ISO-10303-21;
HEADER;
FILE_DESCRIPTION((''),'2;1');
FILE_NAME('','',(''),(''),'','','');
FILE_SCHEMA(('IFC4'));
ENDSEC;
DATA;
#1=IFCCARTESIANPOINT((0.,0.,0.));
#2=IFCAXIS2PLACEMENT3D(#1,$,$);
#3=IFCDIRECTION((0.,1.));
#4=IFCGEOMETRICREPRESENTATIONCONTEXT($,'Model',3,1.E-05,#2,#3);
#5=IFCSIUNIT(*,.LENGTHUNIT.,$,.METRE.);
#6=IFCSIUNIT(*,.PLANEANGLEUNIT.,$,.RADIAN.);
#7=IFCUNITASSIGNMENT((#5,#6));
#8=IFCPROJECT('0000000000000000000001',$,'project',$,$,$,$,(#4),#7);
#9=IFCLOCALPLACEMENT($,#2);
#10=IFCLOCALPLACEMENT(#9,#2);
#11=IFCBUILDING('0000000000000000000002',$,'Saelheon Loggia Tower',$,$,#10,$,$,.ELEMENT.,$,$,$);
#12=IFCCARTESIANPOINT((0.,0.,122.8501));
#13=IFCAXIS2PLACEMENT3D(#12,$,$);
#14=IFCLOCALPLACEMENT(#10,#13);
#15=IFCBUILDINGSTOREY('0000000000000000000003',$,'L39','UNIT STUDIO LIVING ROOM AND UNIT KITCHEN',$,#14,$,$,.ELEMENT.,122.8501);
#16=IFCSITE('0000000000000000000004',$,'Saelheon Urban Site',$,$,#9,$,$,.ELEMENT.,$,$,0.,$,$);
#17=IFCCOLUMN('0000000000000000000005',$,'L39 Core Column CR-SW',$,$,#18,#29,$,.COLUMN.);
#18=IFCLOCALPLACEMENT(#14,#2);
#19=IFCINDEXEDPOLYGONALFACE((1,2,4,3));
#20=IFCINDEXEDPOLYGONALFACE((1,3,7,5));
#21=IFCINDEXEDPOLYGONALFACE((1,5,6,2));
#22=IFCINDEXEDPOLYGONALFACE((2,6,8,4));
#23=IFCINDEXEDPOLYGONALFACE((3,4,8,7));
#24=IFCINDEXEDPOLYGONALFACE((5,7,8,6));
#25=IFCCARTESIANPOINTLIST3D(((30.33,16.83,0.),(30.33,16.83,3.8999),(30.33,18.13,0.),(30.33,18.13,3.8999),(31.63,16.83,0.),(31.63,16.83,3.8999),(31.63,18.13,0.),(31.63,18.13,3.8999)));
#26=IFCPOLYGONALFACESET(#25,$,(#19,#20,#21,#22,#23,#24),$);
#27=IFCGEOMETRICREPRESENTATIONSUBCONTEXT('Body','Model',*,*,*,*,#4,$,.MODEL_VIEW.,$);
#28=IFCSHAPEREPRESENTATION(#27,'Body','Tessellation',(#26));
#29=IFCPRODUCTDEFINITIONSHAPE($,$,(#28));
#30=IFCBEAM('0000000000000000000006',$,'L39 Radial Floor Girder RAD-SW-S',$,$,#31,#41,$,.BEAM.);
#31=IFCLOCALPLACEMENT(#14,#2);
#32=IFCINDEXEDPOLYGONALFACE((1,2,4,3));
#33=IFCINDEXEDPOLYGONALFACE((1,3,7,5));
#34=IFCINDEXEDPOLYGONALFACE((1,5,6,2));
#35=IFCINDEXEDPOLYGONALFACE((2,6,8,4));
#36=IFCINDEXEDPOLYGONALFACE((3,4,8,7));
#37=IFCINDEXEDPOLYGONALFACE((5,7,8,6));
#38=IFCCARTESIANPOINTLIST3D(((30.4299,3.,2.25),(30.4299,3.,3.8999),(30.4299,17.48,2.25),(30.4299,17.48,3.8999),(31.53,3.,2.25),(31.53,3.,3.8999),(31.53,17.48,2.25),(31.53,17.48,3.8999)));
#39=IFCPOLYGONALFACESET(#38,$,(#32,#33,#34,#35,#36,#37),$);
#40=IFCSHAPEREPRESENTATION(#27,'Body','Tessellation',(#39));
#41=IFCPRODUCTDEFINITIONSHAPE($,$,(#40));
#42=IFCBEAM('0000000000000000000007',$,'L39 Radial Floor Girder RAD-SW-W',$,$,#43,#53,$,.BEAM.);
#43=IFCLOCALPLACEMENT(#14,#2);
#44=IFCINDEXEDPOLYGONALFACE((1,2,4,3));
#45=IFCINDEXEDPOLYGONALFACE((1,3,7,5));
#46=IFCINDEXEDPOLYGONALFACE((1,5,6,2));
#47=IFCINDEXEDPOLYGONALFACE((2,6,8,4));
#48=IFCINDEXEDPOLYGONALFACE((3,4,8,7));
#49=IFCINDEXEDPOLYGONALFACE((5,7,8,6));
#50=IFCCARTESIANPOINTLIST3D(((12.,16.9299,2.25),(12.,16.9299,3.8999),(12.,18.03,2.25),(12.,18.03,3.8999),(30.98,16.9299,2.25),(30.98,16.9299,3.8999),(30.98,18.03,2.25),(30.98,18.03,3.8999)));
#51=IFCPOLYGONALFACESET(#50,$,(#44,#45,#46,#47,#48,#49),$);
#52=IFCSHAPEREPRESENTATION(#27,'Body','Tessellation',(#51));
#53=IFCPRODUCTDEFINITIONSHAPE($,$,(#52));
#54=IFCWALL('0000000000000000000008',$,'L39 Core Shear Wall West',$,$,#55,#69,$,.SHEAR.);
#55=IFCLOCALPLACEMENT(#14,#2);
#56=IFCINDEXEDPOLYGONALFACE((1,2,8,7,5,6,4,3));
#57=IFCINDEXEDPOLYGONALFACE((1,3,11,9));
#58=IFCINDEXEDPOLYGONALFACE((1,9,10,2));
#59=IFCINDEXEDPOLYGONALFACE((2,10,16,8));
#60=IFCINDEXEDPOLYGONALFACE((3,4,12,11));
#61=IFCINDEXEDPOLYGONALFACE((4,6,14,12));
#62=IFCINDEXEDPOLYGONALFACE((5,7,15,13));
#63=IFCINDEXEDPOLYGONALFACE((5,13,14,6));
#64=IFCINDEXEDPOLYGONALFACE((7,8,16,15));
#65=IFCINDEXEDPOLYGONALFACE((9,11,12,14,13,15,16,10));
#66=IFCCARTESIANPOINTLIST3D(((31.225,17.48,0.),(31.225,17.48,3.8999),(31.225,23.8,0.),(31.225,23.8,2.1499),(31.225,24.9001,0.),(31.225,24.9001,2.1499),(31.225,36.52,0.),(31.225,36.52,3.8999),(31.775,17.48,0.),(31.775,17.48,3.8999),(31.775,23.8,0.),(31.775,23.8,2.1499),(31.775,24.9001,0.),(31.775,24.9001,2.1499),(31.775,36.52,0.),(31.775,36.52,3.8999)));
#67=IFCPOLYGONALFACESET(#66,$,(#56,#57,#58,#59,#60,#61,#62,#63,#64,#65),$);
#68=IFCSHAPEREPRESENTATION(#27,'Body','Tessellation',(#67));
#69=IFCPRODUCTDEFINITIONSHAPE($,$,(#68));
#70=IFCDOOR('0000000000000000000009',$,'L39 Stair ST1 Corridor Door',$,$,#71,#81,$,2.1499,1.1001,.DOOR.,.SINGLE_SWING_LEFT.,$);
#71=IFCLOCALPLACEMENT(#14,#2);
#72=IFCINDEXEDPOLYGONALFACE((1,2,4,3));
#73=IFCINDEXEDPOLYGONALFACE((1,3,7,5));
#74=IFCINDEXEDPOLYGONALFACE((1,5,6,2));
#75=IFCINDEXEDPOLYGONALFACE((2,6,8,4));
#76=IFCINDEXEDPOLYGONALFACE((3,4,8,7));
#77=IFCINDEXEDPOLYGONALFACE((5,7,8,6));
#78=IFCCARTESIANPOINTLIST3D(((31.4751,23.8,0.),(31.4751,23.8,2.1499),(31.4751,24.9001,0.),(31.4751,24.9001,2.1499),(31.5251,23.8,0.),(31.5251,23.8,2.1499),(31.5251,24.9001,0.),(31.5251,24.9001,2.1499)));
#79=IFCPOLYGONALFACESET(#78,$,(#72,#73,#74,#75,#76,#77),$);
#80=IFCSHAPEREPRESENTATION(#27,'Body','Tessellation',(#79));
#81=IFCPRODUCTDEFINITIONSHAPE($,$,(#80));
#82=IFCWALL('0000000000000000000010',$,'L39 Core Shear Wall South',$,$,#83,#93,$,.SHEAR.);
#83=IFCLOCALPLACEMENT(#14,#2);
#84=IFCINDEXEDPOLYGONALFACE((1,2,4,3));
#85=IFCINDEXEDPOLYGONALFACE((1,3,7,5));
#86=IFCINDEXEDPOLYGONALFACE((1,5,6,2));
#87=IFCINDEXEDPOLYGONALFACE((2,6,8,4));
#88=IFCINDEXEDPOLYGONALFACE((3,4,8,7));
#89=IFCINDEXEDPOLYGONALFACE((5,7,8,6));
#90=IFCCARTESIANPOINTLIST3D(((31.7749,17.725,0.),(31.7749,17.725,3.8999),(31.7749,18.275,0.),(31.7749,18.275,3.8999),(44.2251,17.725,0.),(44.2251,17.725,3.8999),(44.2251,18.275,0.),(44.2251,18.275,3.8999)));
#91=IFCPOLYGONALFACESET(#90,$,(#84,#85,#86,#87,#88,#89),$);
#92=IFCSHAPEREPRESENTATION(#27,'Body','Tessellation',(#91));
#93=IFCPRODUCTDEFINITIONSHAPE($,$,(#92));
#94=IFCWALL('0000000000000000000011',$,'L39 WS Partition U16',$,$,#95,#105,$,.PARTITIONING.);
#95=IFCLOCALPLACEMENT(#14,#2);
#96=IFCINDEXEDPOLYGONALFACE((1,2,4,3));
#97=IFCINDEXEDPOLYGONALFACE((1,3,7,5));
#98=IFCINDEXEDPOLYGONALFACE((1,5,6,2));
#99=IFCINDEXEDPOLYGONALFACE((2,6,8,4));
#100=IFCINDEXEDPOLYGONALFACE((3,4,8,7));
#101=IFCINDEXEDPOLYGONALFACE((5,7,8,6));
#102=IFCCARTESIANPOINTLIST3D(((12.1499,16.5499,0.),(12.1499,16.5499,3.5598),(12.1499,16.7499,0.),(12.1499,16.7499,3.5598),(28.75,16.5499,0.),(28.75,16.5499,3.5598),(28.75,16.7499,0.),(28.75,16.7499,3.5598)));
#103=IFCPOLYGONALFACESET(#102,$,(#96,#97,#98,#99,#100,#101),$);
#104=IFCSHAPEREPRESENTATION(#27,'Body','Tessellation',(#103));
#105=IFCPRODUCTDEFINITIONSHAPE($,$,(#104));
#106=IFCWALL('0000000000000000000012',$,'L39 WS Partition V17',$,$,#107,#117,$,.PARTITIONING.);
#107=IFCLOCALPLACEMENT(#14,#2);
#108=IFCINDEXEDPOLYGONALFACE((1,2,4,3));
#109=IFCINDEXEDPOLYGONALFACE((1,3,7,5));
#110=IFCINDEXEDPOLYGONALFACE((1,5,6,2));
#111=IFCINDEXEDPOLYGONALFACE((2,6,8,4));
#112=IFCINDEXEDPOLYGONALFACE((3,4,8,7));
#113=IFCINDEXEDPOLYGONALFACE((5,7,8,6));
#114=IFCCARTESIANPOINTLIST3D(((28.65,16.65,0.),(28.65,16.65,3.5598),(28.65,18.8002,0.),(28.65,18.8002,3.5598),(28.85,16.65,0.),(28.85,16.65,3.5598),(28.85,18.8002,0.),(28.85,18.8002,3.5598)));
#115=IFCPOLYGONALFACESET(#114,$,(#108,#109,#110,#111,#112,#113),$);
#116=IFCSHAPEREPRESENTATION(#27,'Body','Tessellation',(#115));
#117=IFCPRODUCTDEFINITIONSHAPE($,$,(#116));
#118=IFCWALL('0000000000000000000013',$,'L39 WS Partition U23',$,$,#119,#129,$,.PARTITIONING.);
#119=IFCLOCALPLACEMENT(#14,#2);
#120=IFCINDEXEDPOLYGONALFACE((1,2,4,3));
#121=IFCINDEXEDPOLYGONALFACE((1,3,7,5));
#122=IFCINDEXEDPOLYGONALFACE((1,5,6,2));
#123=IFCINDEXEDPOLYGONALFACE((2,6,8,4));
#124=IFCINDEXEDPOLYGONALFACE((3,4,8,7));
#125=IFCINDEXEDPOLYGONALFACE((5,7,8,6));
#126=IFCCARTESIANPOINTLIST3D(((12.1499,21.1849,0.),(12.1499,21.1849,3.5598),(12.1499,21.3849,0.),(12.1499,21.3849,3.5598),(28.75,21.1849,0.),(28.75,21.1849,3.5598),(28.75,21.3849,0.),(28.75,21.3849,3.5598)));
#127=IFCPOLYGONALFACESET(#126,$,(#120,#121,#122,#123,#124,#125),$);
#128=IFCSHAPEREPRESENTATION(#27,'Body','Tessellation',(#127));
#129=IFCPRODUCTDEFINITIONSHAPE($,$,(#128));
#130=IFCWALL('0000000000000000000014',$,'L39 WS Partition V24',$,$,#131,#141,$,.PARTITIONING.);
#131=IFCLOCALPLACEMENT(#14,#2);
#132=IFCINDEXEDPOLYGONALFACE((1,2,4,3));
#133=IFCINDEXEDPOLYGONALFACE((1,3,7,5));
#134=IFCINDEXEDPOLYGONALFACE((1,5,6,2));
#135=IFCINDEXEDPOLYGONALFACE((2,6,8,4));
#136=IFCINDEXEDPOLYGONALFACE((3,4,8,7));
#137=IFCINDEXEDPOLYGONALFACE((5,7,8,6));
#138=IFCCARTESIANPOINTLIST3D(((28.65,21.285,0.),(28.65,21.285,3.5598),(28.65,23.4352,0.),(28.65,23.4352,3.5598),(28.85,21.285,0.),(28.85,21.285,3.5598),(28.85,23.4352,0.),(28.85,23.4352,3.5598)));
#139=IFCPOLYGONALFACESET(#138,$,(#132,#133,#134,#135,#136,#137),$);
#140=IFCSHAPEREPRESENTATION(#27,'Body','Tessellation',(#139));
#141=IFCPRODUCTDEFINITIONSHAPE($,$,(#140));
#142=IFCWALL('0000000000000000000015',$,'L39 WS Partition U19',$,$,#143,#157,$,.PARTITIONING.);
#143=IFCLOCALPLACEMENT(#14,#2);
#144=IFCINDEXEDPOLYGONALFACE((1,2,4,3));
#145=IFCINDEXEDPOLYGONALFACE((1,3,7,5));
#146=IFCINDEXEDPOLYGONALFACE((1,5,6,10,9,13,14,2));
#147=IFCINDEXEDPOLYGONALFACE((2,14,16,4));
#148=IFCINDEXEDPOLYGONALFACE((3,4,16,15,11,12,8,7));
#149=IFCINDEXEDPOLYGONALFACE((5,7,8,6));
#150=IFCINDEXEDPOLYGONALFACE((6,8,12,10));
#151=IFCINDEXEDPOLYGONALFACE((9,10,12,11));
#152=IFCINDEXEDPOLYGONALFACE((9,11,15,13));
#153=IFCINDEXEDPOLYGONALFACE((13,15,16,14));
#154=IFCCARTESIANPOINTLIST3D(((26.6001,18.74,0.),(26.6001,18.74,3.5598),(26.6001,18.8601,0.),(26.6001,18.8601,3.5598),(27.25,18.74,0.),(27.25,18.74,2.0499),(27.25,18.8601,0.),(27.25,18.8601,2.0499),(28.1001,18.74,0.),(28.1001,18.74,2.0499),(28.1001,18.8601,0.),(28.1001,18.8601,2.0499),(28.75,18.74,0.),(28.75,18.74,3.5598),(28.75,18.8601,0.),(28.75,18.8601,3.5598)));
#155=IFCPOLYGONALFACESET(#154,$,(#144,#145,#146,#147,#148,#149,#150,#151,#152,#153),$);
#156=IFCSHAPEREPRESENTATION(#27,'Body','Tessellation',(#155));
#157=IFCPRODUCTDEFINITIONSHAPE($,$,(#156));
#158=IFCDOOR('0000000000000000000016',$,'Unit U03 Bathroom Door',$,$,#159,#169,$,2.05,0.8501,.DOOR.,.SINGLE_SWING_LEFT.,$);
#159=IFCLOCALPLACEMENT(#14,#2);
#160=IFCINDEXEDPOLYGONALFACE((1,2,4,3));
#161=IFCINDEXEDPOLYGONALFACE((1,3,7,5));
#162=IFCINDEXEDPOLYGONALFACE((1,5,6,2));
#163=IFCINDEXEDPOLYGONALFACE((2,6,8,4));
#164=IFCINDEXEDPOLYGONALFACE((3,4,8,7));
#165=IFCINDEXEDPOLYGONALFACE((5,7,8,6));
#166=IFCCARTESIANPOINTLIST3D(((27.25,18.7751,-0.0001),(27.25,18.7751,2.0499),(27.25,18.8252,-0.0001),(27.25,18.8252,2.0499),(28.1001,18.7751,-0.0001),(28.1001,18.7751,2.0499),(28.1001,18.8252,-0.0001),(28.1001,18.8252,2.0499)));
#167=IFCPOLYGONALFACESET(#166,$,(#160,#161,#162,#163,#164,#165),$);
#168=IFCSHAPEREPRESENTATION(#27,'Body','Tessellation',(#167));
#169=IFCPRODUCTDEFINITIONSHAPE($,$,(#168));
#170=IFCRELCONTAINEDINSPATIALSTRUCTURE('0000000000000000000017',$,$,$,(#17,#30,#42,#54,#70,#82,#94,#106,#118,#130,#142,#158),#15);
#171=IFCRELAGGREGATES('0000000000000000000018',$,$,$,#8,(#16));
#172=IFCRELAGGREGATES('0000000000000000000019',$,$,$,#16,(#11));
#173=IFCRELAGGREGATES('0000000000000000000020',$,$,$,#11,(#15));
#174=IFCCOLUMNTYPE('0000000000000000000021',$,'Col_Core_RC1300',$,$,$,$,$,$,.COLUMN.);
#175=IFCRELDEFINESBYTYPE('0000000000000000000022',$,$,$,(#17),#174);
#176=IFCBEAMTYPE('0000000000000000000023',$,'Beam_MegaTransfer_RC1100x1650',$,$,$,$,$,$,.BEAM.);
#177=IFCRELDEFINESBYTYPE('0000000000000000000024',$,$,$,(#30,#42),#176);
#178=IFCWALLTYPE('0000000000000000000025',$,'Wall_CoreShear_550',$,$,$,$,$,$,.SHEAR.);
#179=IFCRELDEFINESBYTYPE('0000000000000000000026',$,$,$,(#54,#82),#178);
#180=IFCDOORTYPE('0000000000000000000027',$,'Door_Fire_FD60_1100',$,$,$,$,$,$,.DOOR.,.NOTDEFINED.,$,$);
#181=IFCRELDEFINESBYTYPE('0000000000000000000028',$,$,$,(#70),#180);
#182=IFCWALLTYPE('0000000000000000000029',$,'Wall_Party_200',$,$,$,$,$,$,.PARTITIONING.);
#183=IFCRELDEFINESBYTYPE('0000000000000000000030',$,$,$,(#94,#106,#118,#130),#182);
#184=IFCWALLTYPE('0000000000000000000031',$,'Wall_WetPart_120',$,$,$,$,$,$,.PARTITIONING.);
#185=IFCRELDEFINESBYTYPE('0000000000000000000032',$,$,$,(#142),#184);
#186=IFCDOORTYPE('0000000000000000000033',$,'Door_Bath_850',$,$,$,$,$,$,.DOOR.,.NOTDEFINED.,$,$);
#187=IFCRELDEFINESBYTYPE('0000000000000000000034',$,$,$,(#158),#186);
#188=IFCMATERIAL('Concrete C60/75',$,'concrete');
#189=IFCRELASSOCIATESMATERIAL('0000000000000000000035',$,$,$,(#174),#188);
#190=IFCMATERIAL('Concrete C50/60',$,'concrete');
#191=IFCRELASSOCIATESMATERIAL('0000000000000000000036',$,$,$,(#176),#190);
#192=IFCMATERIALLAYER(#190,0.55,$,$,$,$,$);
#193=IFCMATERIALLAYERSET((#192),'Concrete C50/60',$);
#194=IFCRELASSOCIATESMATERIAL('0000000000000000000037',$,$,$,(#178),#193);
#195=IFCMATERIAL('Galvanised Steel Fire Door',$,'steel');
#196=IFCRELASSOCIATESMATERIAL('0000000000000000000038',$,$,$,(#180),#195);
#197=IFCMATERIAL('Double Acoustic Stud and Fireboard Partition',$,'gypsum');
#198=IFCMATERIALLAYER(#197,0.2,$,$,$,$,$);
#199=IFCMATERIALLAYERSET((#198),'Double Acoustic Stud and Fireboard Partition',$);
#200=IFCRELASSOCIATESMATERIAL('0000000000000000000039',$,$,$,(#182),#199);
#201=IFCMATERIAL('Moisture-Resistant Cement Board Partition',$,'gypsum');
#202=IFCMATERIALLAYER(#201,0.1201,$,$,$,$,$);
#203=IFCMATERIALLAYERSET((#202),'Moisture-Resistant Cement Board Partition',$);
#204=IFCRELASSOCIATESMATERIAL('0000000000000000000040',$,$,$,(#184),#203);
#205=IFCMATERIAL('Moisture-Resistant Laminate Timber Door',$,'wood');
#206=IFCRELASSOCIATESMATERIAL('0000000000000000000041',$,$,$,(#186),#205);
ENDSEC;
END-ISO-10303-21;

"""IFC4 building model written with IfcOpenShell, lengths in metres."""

from ifc_helpers import new_model, si_unit, direction, frame, frame_2d, origin, origin_2d, place, context, subcontext, project, spatial, rectangle, extrude, source, transform, mapped, material, layer, layer_set, material_profile, profile_set, type_object, element, fill, save


model = new_model("IFC4")

# Units and contexts
model_context = context("Model", 3, precision=1e-05, world=origin(), true_north=direction((0.0, 1.0)))
body_context = subcontext(model_context, "Body", "Model", "MODEL_VIEW")
ifc_project = project(units=[si_unit("LENGTHUNIT", "METRE"), si_unit("PLANEANGLEUNIT", "RADIAN")], contexts=[model_context])

# Site, building, storey
site_placement = place(None, origin())
site = spatial("IfcSite", under=ifc_project, at=site_placement, Name="Saelheon Urban Site", CompositionType="ELEMENT", RefElevation=0.0)
building_placement = place(site_placement, origin())
building = spatial("IfcBuilding", under=site, at=building_placement, Name="Saelheon Loggia Tower", CompositionType="ELEMENT")
storey_placement = place(building_placement, frame((0.0, 0.0, 122.8501)))
storey = spatial("IfcBuildingStorey", under=building, at=storey_placement, Name="L39", Description="UNIT STUDIO LIVING ROOM AND UNIT KITCHEN", CompositionType="ELEMENT", Elevation=122.8501)

# Column
ifc_material_1 = material(Name="Concrete C60/75", Category="concrete")
ifc_material_profile_1 = material_profile(ifc_material_1, rectangle(XDim=1.3, YDim=1.3, at=origin_2d()), Name="RC-1300x1300")
ifc_profile_set_1 = profile_set([ifc_material_profile_1], Name="Concrete C60/75")
column_type = type_object("IfcColumnType", Name="Col_Core_RC1300", PredefinedType="COLUMN", material=ifc_profile_set_1)
shared_shape_1 = source(origin(), body_context, "Body", "SweptSolid", [
    extrude(rectangle(XDim=1.3, YDim=1.3, at=origin_2d()), origin(), (0.0, 0.0, 1.0), 3.8999),
])
column_placement = place(storey_placement, frame((30.98, 17.48, 0.0), z_axis=(0.0, 0.0, 1.0), x_axis=(1.0, 0.0, 0.0)))
element("IfcColumn", 1, at=column_placement, inside=storey, type_object=column_type, Name="L39 Core Column CR-SW", PredefinedType="COLUMN", context=body_context, shape_type="MappedRepresentation", body=[
    mapped(shared_shape_1, transform((0.0, 0.0, 0.0), scale=1.0)),
])

# Beams
ifc_material_2 = material(Name="Concrete C50/60", Category="concrete")
ifc_material_profile_2 = material_profile(ifc_material_2, rectangle(XDim=1.1001, YDim=1.6499, at=origin_2d()), Name="RC-1100x1650")
ifc_profile_set_2 = profile_set([ifc_material_profile_2], Name="Concrete C50/60")
beam_type = type_object("IfcBeamType", Name="Beam_MegaTransfer_RC1100x1650", PredefinedType="BEAM", material=ifc_profile_set_2)
shared_shape_2 = source(origin(), body_context, "Body", "SweptSolid", [
    extrude(rectangle(XDim=1.1001, YDim=1.6499, at=origin_2d()), origin(), (0.0, 0.0, 1.0), 14.48),
])
beam_1_placement = place(storey_placement, frame((30.98, 17.48, 3.075), z_axis=(0.0, -1.0, 0.0), x_axis=(1.0, 0.0, 0.0)))
element("IfcBeam", 2, at=beam_1_placement, inside=storey, type_object=beam_type, Name="L39 Radial Floor Girder RAD-SW-S", PredefinedType="BEAM", context=body_context, shape_type="MappedRepresentation", body=[
    mapped(shared_shape_2, transform((0.0, 0.0, 0.0), scale=1.0)),
])
shared_shape_3 = source(origin(), body_context, "Body", "SweptSolid", [
    extrude(rectangle(XDim=1.1001, YDim=1.6499, at=origin_2d()), origin(), (0.0, 0.0, 1.0), 18.98),
])
beam_2_placement = place(storey_placement, frame((30.98, 17.48, 3.075), z_axis=(-1.0, 0.0, 0.0), x_axis=(0.0, -1.0, 0.0)))
element("IfcBeam", 3, at=beam_2_placement, inside=storey, type_object=beam_type, Name="L39 Radial Floor Girder RAD-SW-W", PredefinedType="BEAM", context=body_context, shape_type="MappedRepresentation", body=[
    mapped(shared_shape_3, transform((0.0, 0.0, 0.0), scale=1.0)),
])

# Wall, opening, door
ifc_layer_1 = layer(ifc_material_2, 0.55)
ifc_layer_set_1 = layer_set([ifc_layer_1], Name="Concrete C50/60")
wall_type_1 = type_object("IfcWallType", Name="Wall_CoreShear_550", PredefinedType="SHEAR", material=ifc_layer_set_1)
wall_1_placement = place(storey_placement, frame((31.5, 17.48, 0.0), z_axis=(0.0, 0.0, 1.0), x_axis=(0.0, 1.0, 0.0)))
wall_1 = element("IfcWall", 4, at=wall_1_placement, inside=storey, type_object=wall_type_1, Name="L39 Core Shear Wall West", PredefinedType="SHEAR", context=body_context, shape_type="SweptSolid", body=[
    extrude(rectangle(XDim=19.04, YDim=0.55, at=frame_2d((9.52, 0.0))), origin(), (0.0, 0.0, 1.0), 3.8999),
])
opening_1_placement = place(wall_1_placement, frame((6.3201, 0.0, 0.0)))
opening_1 = element("IfcOpeningElement", 5, at=opening_1_placement, cuts=wall_1, PredefinedType="OPENING", context=body_context, shape_type="SweptSolid", body=[
    extrude(rectangle(XDim=1.1001, YDim=2.1499, at=frame_2d((0.55, 1.075))), frame((0.0, 0.2871, 0.0), z_axis=(0.0, -1.0, 0.0), x_axis=(1.0, 0.0, 0.0)), (0.0, 0.0, 1.0), 0.574),
])
ifc_material_3 = material(Name="Galvanised Steel Fire Door", Category="steel")
door_type_1 = type_object("IfcDoorType", Name="Door_Fire_FD60_1100", OperationType="NOTDEFINED", PredefinedType="DOOR", material=ifc_material_3)
shared_shape_4 = source(origin(), body_context, "Body", "SweptSolid", [
    extrude(rectangle(XDim=1.1001, YDim=2.1499, at=frame_2d((0.55, 1.075))), frame((0.0, 0.0249, 0.0), z_axis=(0.0, -1.0, 0.0), x_axis=(1.0, 0.0, 0.0)), (0.0, 0.0, 1.0), 0.05),
])
door_1_placement = place(opening_1_placement, origin())
door_1 = element("IfcDoor", 6, at=door_1_placement, inside=storey, type_object=door_type_1, Name="L39 Stair ST1 Corridor Door", OperationType="SINGLE_SWING_LEFT", OverallHeight=2.1499, OverallWidth=1.1001, PredefinedType="DOOR", context=body_context, shape_type="MappedRepresentation", body=[
    mapped(shared_shape_4, transform((0.0, 0.0, 0.0), scale=1.0)),
])
fill(opening_1, door_1)

# Walls
wall_2_placement = place(storey_placement, frame((31.7749, 18.0, 0.0), z_axis=(0.0, 0.0, 1.0), x_axis=(1.0, 0.0, 0.0)))
element("IfcWall", 7, at=wall_2_placement, inside=storey, type_object=wall_type_1, Name="L39 Core Shear Wall South", PredefinedType="SHEAR", context=body_context, shape_type="SweptSolid", body=[
    extrude(rectangle(XDim=12.4502, YDim=0.55, at=frame_2d((6.2251, 0.0))), origin(), (0.0, 0.0, 1.0), 3.8999),
])
ifc_material_4 = material(Name="Double Acoustic Stud and Fireboard Partition", Category="gypsum")
ifc_layer_2 = layer(ifc_material_4, 0.2)
ifc_layer_set_2 = layer_set([ifc_layer_2], Name="Double Acoustic Stud and Fireboard Partition")
wall_type_2 = type_object("IfcWallType", Name="Wall_Party_200", PredefinedType="PARTITIONING", material=ifc_layer_set_2)
wall_3_placement = place(storey_placement, frame((28.75, 16.6499, 0.0), z_axis=(0.0, 0.0, 1.0), x_axis=(-1.0, 0.0, 0.0)))
element("IfcWall", 8, at=wall_3_placement, inside=storey, type_object=wall_type_2, Name="L39 WS Partition U16", PredefinedType="PARTITIONING", context=body_context, shape_type="SweptSolid", body=[
    extrude(rectangle(XDim=16.6001, YDim=0.2, at=frame_2d((8.3, 0.0))), origin(), (0.0, 0.0, 1.0), 3.5598),
])
wall_4_placement = place(storey_placement, frame((28.75, 16.6499, 0.0), z_axis=(0.0, 0.0, 1.0), x_axis=(0.0, 1.0, 0.0)))
element("IfcWall", 9, at=wall_4_placement, inside=storey, type_object=wall_type_2, Name="L39 WS Partition V17", PredefinedType="PARTITIONING", context=body_context, shape_type="SweptSolid", body=[
    extrude(rectangle(XDim=2.1501, YDim=0.2, at=frame_2d((1.0752, 0.0))), origin(), (0.0, 0.0, 1.0), 3.5598),
])

# Walls
wall_5_placement = place(storey_placement, frame((28.75, 21.2849, 0.0), z_axis=(0.0, 0.0, 1.0), x_axis=(-1.0, 0.0, 0.0)))
element("IfcWall", 10, at=wall_5_placement, inside=storey, type_object=wall_type_2, Name="L39 WS Partition U23", PredefinedType="PARTITIONING", context=body_context, shape_type="SweptSolid", body=[
    extrude(rectangle(XDim=16.6001, YDim=0.2, at=frame_2d((8.3, 0.0))), origin(), (0.0, 0.0, 1.0), 3.5598),
])
wall_6_placement = place(storey_placement, frame((28.75, 21.2849, 0.0), z_axis=(0.0, 0.0, 1.0), x_axis=(0.0, 1.0, 0.0)))
element("IfcWall", 11, at=wall_6_placement, inside=storey, type_object=wall_type_2, Name="L39 WS Partition V24", PredefinedType="PARTITIONING", context=body_context, shape_type="SweptSolid", body=[
    extrude(rectangle(XDim=2.1501, YDim=0.2, at=frame_2d((1.0752, 0.0))), origin(), (0.0, 0.0, 1.0), 3.5598),
])

# Wall, opening, door
ifc_material_5 = material(Name="Moisture-Resistant Cement Board Partition", Category="gypsum")
ifc_layer_3 = layer(ifc_material_5, 0.1201)
ifc_layer_set_3 = layer_set([ifc_layer_3], Name="Moisture-Resistant Cement Board Partition")
wall_type_3 = type_object("IfcWallType", Name="Wall_WetPart_120", PredefinedType="PARTITIONING", material=ifc_layer_set_3)
wall_7_placement = place(storey_placement, frame((28.75, 18.8, 0.0), z_axis=(0.0, 0.0, 1.0), x_axis=(-1.0, 0.0, 0.0)))
wall_7 = element("IfcWall", 12, at=wall_7_placement, inside=storey, type_object=wall_type_3, Name="L39 WS Partition U19", PredefinedType="PARTITIONING", context=body_context, shape_type="SweptSolid", body=[
    extrude(rectangle(XDim=2.1499, YDim=0.1201, at=frame_2d((1.075, 0.0))), origin(), (0.0, 0.0, 1.0), 3.5598),
])
opening_2_placement = place(wall_7_placement, frame((0.6499, 0.0, 0.0)))
opening_2 = element("IfcOpeningElement", 13, at=opening_2_placement, cuts=wall_7, PredefinedType="OPENING", context=body_context, shape_type="SweptSolid", body=[
    extrude(rectangle(XDim=0.8501, YDim=2.05, at=frame_2d((0.425, 1.0249))), frame((0.0, 0.072, 0.0), z_axis=(0.0, -1.0, 0.0), x_axis=(1.0, 0.0, 0.0)), (0.0, 0.0, 1.0), 0.144),
])
ifc_material_6 = material(Name="Moisture-Resistant Laminate Timber Door", Category="wood")
door_type_2 = type_object("IfcDoorType", Name="Door_Bath_850", OperationType="NOTDEFINED", PredefinedType="DOOR", material=ifc_material_6)
shared_shape_5 = source(origin(), body_context, "Body", "SweptSolid", [
    extrude(rectangle(XDim=0.8501, YDim=2.05, at=frame_2d((0.425, 1.0249))), frame((0.0, 0.0249, 0.0), z_axis=(0.0, -1.0, 0.0), x_axis=(1.0, 0.0, 0.0)), (0.0, 0.0, 1.0), 0.05),
])
door_2_placement = place(opening_2_placement, origin())
door_2 = element("IfcDoor", 14, at=door_2_placement, inside=storey, type_object=door_type_2, Name="Unit U03 Bathroom Door", OperationType="SINGLE_SWING_LEFT", OverallHeight=2.05, OverallWidth=0.8501, PredefinedType="DOOR", context=body_context, shape_type="MappedRepresentation", body=[
    mapped(shared_shape_5, transform((0.0, 0.0, 0.0), scale=1.0)),
])
fill(opening_2, door_2)

save(model, "model.ifc")
